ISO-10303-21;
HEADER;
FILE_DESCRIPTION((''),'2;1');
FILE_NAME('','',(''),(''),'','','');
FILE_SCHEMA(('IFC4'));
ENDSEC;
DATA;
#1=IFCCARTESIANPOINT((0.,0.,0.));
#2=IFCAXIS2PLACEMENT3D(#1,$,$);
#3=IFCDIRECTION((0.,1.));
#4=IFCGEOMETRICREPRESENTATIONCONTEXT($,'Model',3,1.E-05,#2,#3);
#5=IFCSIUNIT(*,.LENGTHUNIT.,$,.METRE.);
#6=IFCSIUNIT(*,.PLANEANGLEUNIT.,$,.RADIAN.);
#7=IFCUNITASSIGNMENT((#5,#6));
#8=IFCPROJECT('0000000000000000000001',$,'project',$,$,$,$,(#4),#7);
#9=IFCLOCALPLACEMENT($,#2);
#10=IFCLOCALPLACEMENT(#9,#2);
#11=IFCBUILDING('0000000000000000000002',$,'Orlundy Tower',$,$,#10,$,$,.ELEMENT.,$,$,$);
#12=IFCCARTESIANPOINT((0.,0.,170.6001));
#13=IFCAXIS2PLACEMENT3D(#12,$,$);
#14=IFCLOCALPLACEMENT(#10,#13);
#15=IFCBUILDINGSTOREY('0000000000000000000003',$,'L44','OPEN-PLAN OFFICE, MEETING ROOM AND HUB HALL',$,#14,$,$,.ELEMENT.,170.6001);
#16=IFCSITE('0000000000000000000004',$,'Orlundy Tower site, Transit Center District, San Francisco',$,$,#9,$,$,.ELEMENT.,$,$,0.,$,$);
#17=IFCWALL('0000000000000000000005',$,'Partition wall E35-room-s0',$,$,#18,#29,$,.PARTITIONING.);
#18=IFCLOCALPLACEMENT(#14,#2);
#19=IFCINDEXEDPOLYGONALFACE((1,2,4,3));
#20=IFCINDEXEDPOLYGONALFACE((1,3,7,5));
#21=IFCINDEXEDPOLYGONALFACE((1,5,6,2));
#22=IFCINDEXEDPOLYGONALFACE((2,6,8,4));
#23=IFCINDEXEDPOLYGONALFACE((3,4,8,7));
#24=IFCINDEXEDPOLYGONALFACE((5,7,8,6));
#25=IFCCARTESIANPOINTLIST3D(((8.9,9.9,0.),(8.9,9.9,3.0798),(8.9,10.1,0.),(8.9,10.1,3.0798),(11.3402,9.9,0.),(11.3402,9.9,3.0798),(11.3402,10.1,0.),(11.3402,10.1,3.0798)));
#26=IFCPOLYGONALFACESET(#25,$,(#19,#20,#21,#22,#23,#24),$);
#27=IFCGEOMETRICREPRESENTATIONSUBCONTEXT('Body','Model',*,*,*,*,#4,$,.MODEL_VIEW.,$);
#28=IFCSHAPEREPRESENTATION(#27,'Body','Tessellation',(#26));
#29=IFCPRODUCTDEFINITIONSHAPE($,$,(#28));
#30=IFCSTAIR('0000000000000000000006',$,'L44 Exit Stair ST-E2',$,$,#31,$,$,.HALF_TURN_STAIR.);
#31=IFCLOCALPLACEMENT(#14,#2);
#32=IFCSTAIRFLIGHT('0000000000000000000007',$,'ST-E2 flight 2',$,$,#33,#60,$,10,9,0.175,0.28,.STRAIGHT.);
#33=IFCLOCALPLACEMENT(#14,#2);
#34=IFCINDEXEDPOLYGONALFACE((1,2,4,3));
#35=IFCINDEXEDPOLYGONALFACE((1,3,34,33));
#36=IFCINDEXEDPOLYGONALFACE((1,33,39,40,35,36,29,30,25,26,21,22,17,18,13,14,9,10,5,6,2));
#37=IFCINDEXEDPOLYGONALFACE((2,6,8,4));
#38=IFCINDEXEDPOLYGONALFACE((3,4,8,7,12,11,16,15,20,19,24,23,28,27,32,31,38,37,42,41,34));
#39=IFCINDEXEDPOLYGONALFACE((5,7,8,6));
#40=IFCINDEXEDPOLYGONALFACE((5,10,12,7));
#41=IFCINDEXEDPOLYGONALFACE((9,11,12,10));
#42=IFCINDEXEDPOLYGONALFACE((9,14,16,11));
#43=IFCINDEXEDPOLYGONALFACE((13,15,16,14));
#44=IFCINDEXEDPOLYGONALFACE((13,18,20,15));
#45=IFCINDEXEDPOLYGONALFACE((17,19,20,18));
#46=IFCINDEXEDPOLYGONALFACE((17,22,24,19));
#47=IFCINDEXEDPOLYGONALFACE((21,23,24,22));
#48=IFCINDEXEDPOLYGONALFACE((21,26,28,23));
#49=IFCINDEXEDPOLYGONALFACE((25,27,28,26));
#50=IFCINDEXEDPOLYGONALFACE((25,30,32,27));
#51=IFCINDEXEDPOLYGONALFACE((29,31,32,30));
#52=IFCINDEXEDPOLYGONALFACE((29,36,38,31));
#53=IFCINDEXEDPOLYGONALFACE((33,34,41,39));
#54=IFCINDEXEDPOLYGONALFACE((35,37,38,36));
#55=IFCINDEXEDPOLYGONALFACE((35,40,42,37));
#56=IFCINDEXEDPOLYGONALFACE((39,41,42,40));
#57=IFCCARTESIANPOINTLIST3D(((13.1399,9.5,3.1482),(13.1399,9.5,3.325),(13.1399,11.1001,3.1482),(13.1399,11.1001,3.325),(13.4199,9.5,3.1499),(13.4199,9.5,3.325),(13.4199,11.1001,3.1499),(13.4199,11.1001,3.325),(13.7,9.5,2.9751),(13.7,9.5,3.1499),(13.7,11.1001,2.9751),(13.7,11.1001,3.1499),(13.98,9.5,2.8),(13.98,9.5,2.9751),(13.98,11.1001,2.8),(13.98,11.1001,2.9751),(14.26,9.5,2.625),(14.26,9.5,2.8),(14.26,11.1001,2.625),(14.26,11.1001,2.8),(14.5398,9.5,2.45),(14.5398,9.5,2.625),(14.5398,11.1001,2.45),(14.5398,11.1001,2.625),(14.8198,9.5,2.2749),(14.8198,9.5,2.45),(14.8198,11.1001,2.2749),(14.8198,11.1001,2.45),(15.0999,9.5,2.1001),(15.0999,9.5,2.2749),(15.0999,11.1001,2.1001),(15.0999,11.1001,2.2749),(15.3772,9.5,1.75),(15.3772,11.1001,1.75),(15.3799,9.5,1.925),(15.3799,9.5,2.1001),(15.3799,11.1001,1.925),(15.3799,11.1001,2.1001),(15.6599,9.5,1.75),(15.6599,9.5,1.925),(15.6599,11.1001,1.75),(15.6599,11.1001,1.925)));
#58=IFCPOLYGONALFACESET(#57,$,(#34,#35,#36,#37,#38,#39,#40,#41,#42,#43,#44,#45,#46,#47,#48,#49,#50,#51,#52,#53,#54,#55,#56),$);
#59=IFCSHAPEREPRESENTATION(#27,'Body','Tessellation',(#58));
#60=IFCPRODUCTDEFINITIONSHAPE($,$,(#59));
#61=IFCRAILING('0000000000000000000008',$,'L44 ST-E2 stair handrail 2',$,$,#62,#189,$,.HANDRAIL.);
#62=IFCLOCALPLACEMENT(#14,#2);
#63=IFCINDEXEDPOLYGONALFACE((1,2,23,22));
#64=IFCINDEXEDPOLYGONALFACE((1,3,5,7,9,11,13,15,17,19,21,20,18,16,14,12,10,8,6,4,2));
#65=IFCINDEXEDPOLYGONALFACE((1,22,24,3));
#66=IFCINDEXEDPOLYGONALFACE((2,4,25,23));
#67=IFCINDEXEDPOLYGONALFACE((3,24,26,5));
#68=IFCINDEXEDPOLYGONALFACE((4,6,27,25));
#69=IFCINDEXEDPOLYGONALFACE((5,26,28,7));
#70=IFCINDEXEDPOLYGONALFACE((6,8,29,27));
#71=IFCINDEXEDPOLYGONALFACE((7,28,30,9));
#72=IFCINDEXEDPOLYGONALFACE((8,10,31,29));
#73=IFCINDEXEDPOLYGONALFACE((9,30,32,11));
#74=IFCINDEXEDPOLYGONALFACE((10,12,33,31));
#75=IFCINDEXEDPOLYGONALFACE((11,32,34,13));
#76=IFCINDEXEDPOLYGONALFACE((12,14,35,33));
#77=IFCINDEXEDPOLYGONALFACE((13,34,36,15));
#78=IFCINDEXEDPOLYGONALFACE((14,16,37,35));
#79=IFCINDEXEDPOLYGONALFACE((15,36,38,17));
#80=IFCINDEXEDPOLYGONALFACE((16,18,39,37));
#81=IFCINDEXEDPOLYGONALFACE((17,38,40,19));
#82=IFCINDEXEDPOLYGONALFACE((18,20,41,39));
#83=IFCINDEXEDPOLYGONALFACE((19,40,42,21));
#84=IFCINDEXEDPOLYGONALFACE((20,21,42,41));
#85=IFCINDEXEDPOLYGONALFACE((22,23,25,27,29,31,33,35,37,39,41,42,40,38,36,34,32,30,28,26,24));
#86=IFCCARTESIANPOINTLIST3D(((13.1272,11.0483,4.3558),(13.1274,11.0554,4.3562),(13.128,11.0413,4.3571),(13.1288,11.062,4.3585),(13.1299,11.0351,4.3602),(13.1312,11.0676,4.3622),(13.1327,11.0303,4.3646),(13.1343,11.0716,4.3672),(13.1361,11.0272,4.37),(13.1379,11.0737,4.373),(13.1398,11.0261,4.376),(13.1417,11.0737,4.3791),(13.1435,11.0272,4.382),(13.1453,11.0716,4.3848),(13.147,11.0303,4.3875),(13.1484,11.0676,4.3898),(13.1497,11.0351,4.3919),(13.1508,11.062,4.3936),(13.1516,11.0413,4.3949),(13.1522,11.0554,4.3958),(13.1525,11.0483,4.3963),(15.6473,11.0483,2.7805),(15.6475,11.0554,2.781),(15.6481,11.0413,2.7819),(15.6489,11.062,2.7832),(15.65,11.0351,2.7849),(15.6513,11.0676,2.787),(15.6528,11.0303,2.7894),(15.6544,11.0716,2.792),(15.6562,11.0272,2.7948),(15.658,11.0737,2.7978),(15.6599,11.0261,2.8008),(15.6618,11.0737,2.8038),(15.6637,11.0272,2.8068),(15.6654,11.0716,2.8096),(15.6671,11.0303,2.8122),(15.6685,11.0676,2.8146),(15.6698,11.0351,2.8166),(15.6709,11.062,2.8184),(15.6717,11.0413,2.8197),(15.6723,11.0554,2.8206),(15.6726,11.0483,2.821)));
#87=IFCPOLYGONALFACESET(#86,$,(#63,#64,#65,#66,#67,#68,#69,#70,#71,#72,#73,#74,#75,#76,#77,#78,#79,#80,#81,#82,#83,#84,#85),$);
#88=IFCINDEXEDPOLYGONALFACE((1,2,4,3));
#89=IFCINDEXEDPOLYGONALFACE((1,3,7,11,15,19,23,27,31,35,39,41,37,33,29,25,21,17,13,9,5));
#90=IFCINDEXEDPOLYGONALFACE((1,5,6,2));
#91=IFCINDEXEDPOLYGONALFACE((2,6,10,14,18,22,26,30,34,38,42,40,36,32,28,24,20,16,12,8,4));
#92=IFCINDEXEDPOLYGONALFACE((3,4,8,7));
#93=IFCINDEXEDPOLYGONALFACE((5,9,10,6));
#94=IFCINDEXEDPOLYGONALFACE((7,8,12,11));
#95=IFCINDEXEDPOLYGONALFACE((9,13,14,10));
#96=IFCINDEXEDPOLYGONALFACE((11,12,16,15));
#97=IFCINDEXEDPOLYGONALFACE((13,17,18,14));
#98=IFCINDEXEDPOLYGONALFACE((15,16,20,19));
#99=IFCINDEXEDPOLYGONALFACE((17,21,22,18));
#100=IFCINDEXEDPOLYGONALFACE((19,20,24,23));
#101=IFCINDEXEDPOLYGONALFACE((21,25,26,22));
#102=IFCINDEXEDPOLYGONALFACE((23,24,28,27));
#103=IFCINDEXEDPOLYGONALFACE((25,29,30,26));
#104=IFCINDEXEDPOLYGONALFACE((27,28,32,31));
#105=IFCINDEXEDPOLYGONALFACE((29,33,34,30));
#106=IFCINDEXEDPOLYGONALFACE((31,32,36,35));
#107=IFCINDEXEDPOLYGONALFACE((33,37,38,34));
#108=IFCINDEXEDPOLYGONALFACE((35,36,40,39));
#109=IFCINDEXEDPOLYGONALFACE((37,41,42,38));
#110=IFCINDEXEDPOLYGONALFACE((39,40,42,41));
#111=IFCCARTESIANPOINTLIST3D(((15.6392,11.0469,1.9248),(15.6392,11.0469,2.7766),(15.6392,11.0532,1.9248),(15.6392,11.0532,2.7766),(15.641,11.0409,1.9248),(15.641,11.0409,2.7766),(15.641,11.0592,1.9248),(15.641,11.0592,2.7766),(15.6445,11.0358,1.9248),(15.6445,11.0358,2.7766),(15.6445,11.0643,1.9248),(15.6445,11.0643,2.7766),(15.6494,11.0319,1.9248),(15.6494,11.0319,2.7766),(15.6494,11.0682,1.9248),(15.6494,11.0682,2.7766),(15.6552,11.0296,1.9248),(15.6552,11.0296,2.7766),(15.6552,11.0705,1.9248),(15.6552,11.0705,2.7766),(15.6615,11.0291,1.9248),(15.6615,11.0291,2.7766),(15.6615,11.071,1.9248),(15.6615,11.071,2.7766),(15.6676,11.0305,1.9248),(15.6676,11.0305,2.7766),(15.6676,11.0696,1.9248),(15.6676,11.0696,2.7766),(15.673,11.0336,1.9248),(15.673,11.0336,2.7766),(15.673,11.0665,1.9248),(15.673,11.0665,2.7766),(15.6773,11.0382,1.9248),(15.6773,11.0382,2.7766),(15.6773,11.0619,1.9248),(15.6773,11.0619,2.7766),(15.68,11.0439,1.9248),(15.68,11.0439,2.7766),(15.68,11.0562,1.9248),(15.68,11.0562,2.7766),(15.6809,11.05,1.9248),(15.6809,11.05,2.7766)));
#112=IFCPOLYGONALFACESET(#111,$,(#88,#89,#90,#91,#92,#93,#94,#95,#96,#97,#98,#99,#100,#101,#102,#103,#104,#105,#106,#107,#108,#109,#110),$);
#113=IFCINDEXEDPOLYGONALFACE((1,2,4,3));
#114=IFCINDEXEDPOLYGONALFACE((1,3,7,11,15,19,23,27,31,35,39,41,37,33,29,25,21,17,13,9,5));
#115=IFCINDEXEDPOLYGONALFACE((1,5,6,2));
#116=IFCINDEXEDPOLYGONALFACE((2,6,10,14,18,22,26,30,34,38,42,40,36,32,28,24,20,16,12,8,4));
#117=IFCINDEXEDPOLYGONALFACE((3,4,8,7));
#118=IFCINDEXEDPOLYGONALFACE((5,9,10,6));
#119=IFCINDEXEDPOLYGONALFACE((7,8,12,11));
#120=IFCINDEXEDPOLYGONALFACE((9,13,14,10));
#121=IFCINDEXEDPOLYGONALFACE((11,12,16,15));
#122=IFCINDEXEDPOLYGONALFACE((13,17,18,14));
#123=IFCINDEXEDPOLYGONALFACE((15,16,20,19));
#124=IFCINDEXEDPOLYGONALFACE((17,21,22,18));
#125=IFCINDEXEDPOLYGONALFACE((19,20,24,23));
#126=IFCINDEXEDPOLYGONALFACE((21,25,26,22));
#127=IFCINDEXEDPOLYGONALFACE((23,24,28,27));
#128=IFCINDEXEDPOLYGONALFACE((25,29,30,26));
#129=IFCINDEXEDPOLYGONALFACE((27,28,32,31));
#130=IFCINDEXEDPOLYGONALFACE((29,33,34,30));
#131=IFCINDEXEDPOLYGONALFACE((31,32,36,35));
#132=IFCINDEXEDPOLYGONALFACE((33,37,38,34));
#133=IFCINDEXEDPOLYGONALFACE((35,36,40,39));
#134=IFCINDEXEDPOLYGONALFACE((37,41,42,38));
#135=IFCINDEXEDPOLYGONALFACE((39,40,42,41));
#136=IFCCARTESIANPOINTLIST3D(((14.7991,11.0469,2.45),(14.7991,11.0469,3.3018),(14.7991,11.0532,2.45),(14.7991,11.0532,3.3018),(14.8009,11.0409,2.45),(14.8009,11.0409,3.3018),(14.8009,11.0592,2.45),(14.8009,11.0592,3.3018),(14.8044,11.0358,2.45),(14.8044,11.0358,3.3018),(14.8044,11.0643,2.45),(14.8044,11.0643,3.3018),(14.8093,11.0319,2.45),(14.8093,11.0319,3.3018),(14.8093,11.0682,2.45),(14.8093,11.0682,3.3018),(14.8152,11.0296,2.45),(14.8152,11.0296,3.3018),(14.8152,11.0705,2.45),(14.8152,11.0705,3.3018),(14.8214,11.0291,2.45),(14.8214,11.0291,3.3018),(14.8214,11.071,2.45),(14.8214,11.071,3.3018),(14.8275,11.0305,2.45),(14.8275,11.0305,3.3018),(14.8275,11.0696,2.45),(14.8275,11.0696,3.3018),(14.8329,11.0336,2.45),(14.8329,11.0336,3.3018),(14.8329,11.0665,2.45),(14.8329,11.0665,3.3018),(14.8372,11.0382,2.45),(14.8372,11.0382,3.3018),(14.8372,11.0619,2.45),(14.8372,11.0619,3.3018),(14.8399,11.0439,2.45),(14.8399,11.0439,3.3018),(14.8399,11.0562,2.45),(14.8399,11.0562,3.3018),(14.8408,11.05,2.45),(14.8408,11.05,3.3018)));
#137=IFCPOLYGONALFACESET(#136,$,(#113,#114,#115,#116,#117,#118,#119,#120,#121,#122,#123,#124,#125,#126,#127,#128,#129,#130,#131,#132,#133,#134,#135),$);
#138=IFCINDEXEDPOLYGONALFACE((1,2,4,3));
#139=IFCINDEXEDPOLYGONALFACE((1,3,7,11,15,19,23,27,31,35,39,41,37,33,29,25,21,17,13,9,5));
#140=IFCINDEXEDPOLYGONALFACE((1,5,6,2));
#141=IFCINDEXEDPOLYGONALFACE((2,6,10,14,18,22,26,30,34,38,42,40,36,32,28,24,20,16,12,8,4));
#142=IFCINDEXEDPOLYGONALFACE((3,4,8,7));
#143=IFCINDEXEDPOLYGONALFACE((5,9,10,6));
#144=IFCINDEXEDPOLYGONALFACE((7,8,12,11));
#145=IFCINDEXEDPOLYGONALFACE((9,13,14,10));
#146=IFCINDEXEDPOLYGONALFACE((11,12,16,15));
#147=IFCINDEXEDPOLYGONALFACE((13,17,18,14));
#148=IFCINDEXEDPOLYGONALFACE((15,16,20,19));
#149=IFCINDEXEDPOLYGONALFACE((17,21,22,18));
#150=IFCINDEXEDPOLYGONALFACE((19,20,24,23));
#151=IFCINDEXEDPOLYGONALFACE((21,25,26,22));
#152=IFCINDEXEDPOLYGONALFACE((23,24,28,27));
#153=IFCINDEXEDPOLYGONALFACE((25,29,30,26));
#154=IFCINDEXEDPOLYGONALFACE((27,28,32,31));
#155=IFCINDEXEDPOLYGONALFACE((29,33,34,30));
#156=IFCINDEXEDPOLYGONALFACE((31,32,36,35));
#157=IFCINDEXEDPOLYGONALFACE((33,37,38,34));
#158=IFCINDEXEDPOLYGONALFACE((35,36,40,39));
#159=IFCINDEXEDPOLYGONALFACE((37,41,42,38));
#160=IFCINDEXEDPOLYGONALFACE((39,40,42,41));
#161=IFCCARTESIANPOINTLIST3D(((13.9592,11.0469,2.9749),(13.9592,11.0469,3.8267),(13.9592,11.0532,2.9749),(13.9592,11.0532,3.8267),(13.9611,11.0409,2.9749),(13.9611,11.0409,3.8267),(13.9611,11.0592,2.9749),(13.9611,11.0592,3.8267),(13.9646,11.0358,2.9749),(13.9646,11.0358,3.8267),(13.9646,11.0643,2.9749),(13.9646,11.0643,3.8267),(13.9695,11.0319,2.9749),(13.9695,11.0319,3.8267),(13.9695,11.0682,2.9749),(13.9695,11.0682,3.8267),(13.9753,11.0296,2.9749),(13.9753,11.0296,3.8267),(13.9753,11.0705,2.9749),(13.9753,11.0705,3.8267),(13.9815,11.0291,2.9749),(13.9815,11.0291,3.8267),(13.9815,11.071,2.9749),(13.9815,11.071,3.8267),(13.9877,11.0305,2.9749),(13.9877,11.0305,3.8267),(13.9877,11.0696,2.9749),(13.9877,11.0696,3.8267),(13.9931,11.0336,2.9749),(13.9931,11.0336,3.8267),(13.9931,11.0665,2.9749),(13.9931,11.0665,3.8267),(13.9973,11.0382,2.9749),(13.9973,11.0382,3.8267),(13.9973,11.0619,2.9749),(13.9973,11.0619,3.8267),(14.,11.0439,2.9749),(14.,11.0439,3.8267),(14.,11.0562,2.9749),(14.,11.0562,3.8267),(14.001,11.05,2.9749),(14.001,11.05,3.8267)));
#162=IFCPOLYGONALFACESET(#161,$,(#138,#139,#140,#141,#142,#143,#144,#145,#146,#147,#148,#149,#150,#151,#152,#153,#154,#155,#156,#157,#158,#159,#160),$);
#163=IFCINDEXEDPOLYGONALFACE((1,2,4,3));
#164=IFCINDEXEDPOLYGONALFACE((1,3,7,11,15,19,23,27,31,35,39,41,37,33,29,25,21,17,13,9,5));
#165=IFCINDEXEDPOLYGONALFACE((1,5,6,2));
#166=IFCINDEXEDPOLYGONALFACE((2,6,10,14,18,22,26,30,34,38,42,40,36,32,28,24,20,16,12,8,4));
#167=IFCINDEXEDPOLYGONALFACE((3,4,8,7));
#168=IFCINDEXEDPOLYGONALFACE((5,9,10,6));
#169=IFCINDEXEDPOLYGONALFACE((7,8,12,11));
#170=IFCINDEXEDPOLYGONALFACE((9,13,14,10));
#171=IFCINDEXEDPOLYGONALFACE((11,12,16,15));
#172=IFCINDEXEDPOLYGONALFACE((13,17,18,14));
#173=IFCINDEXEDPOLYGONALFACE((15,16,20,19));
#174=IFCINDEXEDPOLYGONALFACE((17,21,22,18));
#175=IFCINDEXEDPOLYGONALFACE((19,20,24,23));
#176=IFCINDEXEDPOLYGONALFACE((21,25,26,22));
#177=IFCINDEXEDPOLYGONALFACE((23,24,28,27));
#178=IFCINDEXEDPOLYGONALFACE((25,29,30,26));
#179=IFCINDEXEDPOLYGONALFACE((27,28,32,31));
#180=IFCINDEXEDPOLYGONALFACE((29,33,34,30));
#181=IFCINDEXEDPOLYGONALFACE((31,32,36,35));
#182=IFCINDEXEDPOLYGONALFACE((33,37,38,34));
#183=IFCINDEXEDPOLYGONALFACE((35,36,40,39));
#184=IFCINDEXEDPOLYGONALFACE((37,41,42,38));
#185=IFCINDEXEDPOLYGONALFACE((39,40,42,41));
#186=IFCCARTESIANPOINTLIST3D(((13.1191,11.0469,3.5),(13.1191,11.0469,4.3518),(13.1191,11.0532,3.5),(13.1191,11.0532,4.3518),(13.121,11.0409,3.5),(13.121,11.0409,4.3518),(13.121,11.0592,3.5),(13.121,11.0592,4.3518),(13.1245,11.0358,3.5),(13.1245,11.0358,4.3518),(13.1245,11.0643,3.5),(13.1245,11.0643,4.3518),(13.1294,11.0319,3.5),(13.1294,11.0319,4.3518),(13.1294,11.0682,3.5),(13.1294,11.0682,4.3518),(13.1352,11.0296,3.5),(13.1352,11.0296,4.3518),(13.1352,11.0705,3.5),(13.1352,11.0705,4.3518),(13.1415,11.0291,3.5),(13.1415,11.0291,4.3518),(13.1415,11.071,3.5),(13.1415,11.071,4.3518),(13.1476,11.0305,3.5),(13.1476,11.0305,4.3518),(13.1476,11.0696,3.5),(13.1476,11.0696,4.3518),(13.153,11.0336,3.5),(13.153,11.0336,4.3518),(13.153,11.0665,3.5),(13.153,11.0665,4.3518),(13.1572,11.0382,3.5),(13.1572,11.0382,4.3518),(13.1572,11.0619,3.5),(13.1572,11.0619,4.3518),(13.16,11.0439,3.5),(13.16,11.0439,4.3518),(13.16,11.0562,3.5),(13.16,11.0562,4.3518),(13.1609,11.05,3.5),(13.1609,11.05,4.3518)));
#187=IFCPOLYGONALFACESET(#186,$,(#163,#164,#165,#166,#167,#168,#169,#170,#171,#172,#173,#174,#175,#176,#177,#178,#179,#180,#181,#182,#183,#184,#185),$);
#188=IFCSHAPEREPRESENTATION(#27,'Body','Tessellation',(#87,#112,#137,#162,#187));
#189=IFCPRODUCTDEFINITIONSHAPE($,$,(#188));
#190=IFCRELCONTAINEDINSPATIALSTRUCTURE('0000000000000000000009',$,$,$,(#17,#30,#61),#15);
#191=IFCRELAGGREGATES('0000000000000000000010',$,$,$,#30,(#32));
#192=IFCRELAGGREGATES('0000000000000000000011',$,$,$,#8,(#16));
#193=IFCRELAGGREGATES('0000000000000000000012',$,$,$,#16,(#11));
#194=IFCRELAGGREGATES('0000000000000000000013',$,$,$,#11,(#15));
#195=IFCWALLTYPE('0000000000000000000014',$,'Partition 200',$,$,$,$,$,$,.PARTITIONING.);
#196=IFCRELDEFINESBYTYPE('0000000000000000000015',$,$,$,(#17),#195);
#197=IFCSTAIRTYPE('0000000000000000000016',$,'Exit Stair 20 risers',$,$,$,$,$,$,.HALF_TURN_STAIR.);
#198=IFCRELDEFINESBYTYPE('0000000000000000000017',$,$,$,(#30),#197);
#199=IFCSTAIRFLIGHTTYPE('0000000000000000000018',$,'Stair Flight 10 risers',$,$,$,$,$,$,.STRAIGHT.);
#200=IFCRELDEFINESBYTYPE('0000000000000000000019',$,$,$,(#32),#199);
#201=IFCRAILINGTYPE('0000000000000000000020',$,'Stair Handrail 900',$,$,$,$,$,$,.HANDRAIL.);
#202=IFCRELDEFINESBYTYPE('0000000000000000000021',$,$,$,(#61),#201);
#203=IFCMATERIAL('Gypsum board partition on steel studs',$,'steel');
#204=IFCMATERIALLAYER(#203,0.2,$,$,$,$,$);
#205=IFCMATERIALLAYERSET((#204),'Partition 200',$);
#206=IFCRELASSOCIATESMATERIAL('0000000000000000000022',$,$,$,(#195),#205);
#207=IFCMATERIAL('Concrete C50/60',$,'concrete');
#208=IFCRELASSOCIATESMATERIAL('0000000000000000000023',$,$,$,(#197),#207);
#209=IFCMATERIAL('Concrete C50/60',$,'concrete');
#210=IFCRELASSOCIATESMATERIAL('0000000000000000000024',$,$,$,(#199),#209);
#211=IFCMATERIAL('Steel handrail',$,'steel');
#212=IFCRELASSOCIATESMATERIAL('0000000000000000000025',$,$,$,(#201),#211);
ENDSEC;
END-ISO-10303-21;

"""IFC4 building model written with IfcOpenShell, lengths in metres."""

from ifc_helpers import new_model, si_unit, direction, frame, frame_2d, origin, origin_2d, place, context, subcontext, project, spatial, polyline, rectangle, circle, outline, extrude, material, layer, layer_set, type_object, element, aggregate, save


model = new_model("IFC4")

# Units and contexts
model_context = context("Model", 3, precision=1e-05, world=origin(), true_north=direction((0.0, 1.0)))
body_context = subcontext(model_context, "Body", "Model", "MODEL_VIEW")
ifc_project = project(units=[si_unit("LENGTHUNIT", "METRE"), si_unit("PLANEANGLEUNIT", "RADIAN")], contexts=[model_context])

# Site, building, storey
site_placement = place(None, origin())
site = spatial("IfcSite", under=ifc_project, at=site_placement, Name="Orlundy Tower site, Transit Center District, San Francisco", CompositionType="ELEMENT", RefElevation=0.0)
building_placement = place(site_placement, origin())
building = spatial("IfcBuilding", under=site, at=building_placement, Name="Orlundy Tower", CompositionType="ELEMENT")
storey_placement = place(building_placement, frame((0.0, 0.0, 170.6001)))
storey = spatial("IfcBuildingStorey", under=building, at=storey_placement, Name="L44", Description="OPEN-PLAN OFFICE, MEETING ROOM AND HUB HALL", CompositionType="ELEMENT", Elevation=170.6001)

# Wall
ifc_material_1 = material(Name="Gypsum board partition on steel studs", Category="steel")
ifc_layer_1 = layer(ifc_material_1, 0.2)
ifc_layer_set_1 = layer_set([ifc_layer_1], Name="Partition 200")
wall_type_1 = type_object("IfcWallType", Name="Partition 200", PredefinedType="PARTITIONING", material=ifc_layer_set_1)
wall_1_placement = place(storey_placement, frame((8.8999, 10.0, 0.0), z_axis=(0.0, 0.0, 1.0), x_axis=(1.0, 0.0, 0.0)))
element("IfcWall", 1, at=wall_1_placement, inside=storey, type_object=wall_type_1, Name="Partition wall E35-room-s0", PredefinedType="PARTITIONING", context=body_context, shape_type="SweptSolid", body=[
    extrude(rectangle(XDim=2.4402, YDim=0.2, at=frame_2d((1.2202, 0.0))), origin(), (0.0, 0.0, 1.0), 3.0798),
])

# Stair, stair flight
ifc_material_2 = material(Name="Concrete C50/60", Category="concrete")
stair_type = type_object("IfcStairType", Name="Exit Stair 20 risers", PredefinedType="HALF_TURN_STAIR", material=ifc_material_2)
stair_placement = place(storey_placement, origin())
stair = element("IfcStair", 2, at=stair_placement, inside=storey, type_object=stair_type, Name="L44 Exit Stair ST-E2", PredefinedType="HALF_TURN_STAIR")
ifc_material_3 = material(Name="Concrete C50/60", Category="concrete")
stair_flight_type = type_object("IfcStairFlightType", Name="Stair Flight 10 risers", PredefinedType="STRAIGHT", material=ifc_material_3)
stair_flight_placement = place(storey_placement, frame((15.6599, 10.3, 1.75), z_axis=(0.0, 0.0, 1.0), x_axis=(-1.0, 0.0, 0.0)))
stair_flight = element("IfcStairFlight", 3, at=stair_flight_placement, type_object=stair_flight_type, Name="ST-E2 flight 2", NumberOfRisers=10, NumberOfTreads=9, PredefinedType="STRAIGHT", RiserHeight=0.175, TreadLength=0.28, context=body_context, shape_type="SweptSolid", body=[
    extrude(outline(polyline([(0.0, 0.0), (0.0, 0.175), (0.28, 0.175), (0.28, 0.3501), (0.5601, 0.3501), (0.5601, 0.5249), (0.8401, 0.5249), (0.8401, 0.7), (1.1201, 0.7), (1.1201, 0.875), (1.3999, 0.875), (1.3999, 1.05), (1.6799, 1.05), (1.6799, 1.2251), (1.96, 1.2251), (1.96, 1.3999), (2.24, 1.3999), (2.24, 1.575), (2.52, 1.575), (2.52, 1.75), (2.52, 1.3982), (0.2827, 0.0), (0.0, 0.0)])), frame((0.0, 0.8, 0.0), z_axis=(0.0, -1.0, 0.0), x_axis=(1.0, 0.0, 0.0)), (0.0, 0.0, 1.0), 1.6001),
])
aggregate(stair, [stair_flight])

# Railing
ifc_material_4 = material(Name="Steel handrail", Category="steel")
railing_type = type_object("IfcRailingType", Name="Stair Handrail 900", PredefinedType="HANDRAIL", material=ifc_material_4)
railing_placement = place(storey_placement, frame((15.6599, 11.05, 1.9248)))
element("IfcRailing", 4, at=railing_placement, inside=storey, type_object=railing_type, Name="L44 ST-E2 stair handrail 2", PredefinedType="HANDRAIL", context=body_context, shape_type="SweptSolid", body=[
    extrude(circle(Radius=0.0239, at=origin_2d()), frame((0.0, 0.0, 0.876), z_axis=(-0.847971, 0.0, 0.530043), x_axis=(0.0, -1.0, 0.0)), (0.0, 0.0, 1.0), 2.9719),
    extrude(circle(Radius=0.021, at=origin_2d()), origin(), (0.0, 0.0, 1.0), 0.8518),
    extrude(circle(Radius=0.021, at=origin_2d()), frame((-0.8401, 0.0, 0.5251)), (0.0, 0.0, 1.0), 0.8518),
    extrude(circle(Radius=0.021, at=origin_2d()), frame((-1.6799, 0.0, 1.05)), (0.0, 0.0, 1.0), 0.8518),
    extrude(circle(Radius=0.021, at=origin_2d()), frame((-2.52, 0.0, 1.5752)), (0.0, 0.0, 1.0), 0.8518),
])

save(model, "model.ifc")
